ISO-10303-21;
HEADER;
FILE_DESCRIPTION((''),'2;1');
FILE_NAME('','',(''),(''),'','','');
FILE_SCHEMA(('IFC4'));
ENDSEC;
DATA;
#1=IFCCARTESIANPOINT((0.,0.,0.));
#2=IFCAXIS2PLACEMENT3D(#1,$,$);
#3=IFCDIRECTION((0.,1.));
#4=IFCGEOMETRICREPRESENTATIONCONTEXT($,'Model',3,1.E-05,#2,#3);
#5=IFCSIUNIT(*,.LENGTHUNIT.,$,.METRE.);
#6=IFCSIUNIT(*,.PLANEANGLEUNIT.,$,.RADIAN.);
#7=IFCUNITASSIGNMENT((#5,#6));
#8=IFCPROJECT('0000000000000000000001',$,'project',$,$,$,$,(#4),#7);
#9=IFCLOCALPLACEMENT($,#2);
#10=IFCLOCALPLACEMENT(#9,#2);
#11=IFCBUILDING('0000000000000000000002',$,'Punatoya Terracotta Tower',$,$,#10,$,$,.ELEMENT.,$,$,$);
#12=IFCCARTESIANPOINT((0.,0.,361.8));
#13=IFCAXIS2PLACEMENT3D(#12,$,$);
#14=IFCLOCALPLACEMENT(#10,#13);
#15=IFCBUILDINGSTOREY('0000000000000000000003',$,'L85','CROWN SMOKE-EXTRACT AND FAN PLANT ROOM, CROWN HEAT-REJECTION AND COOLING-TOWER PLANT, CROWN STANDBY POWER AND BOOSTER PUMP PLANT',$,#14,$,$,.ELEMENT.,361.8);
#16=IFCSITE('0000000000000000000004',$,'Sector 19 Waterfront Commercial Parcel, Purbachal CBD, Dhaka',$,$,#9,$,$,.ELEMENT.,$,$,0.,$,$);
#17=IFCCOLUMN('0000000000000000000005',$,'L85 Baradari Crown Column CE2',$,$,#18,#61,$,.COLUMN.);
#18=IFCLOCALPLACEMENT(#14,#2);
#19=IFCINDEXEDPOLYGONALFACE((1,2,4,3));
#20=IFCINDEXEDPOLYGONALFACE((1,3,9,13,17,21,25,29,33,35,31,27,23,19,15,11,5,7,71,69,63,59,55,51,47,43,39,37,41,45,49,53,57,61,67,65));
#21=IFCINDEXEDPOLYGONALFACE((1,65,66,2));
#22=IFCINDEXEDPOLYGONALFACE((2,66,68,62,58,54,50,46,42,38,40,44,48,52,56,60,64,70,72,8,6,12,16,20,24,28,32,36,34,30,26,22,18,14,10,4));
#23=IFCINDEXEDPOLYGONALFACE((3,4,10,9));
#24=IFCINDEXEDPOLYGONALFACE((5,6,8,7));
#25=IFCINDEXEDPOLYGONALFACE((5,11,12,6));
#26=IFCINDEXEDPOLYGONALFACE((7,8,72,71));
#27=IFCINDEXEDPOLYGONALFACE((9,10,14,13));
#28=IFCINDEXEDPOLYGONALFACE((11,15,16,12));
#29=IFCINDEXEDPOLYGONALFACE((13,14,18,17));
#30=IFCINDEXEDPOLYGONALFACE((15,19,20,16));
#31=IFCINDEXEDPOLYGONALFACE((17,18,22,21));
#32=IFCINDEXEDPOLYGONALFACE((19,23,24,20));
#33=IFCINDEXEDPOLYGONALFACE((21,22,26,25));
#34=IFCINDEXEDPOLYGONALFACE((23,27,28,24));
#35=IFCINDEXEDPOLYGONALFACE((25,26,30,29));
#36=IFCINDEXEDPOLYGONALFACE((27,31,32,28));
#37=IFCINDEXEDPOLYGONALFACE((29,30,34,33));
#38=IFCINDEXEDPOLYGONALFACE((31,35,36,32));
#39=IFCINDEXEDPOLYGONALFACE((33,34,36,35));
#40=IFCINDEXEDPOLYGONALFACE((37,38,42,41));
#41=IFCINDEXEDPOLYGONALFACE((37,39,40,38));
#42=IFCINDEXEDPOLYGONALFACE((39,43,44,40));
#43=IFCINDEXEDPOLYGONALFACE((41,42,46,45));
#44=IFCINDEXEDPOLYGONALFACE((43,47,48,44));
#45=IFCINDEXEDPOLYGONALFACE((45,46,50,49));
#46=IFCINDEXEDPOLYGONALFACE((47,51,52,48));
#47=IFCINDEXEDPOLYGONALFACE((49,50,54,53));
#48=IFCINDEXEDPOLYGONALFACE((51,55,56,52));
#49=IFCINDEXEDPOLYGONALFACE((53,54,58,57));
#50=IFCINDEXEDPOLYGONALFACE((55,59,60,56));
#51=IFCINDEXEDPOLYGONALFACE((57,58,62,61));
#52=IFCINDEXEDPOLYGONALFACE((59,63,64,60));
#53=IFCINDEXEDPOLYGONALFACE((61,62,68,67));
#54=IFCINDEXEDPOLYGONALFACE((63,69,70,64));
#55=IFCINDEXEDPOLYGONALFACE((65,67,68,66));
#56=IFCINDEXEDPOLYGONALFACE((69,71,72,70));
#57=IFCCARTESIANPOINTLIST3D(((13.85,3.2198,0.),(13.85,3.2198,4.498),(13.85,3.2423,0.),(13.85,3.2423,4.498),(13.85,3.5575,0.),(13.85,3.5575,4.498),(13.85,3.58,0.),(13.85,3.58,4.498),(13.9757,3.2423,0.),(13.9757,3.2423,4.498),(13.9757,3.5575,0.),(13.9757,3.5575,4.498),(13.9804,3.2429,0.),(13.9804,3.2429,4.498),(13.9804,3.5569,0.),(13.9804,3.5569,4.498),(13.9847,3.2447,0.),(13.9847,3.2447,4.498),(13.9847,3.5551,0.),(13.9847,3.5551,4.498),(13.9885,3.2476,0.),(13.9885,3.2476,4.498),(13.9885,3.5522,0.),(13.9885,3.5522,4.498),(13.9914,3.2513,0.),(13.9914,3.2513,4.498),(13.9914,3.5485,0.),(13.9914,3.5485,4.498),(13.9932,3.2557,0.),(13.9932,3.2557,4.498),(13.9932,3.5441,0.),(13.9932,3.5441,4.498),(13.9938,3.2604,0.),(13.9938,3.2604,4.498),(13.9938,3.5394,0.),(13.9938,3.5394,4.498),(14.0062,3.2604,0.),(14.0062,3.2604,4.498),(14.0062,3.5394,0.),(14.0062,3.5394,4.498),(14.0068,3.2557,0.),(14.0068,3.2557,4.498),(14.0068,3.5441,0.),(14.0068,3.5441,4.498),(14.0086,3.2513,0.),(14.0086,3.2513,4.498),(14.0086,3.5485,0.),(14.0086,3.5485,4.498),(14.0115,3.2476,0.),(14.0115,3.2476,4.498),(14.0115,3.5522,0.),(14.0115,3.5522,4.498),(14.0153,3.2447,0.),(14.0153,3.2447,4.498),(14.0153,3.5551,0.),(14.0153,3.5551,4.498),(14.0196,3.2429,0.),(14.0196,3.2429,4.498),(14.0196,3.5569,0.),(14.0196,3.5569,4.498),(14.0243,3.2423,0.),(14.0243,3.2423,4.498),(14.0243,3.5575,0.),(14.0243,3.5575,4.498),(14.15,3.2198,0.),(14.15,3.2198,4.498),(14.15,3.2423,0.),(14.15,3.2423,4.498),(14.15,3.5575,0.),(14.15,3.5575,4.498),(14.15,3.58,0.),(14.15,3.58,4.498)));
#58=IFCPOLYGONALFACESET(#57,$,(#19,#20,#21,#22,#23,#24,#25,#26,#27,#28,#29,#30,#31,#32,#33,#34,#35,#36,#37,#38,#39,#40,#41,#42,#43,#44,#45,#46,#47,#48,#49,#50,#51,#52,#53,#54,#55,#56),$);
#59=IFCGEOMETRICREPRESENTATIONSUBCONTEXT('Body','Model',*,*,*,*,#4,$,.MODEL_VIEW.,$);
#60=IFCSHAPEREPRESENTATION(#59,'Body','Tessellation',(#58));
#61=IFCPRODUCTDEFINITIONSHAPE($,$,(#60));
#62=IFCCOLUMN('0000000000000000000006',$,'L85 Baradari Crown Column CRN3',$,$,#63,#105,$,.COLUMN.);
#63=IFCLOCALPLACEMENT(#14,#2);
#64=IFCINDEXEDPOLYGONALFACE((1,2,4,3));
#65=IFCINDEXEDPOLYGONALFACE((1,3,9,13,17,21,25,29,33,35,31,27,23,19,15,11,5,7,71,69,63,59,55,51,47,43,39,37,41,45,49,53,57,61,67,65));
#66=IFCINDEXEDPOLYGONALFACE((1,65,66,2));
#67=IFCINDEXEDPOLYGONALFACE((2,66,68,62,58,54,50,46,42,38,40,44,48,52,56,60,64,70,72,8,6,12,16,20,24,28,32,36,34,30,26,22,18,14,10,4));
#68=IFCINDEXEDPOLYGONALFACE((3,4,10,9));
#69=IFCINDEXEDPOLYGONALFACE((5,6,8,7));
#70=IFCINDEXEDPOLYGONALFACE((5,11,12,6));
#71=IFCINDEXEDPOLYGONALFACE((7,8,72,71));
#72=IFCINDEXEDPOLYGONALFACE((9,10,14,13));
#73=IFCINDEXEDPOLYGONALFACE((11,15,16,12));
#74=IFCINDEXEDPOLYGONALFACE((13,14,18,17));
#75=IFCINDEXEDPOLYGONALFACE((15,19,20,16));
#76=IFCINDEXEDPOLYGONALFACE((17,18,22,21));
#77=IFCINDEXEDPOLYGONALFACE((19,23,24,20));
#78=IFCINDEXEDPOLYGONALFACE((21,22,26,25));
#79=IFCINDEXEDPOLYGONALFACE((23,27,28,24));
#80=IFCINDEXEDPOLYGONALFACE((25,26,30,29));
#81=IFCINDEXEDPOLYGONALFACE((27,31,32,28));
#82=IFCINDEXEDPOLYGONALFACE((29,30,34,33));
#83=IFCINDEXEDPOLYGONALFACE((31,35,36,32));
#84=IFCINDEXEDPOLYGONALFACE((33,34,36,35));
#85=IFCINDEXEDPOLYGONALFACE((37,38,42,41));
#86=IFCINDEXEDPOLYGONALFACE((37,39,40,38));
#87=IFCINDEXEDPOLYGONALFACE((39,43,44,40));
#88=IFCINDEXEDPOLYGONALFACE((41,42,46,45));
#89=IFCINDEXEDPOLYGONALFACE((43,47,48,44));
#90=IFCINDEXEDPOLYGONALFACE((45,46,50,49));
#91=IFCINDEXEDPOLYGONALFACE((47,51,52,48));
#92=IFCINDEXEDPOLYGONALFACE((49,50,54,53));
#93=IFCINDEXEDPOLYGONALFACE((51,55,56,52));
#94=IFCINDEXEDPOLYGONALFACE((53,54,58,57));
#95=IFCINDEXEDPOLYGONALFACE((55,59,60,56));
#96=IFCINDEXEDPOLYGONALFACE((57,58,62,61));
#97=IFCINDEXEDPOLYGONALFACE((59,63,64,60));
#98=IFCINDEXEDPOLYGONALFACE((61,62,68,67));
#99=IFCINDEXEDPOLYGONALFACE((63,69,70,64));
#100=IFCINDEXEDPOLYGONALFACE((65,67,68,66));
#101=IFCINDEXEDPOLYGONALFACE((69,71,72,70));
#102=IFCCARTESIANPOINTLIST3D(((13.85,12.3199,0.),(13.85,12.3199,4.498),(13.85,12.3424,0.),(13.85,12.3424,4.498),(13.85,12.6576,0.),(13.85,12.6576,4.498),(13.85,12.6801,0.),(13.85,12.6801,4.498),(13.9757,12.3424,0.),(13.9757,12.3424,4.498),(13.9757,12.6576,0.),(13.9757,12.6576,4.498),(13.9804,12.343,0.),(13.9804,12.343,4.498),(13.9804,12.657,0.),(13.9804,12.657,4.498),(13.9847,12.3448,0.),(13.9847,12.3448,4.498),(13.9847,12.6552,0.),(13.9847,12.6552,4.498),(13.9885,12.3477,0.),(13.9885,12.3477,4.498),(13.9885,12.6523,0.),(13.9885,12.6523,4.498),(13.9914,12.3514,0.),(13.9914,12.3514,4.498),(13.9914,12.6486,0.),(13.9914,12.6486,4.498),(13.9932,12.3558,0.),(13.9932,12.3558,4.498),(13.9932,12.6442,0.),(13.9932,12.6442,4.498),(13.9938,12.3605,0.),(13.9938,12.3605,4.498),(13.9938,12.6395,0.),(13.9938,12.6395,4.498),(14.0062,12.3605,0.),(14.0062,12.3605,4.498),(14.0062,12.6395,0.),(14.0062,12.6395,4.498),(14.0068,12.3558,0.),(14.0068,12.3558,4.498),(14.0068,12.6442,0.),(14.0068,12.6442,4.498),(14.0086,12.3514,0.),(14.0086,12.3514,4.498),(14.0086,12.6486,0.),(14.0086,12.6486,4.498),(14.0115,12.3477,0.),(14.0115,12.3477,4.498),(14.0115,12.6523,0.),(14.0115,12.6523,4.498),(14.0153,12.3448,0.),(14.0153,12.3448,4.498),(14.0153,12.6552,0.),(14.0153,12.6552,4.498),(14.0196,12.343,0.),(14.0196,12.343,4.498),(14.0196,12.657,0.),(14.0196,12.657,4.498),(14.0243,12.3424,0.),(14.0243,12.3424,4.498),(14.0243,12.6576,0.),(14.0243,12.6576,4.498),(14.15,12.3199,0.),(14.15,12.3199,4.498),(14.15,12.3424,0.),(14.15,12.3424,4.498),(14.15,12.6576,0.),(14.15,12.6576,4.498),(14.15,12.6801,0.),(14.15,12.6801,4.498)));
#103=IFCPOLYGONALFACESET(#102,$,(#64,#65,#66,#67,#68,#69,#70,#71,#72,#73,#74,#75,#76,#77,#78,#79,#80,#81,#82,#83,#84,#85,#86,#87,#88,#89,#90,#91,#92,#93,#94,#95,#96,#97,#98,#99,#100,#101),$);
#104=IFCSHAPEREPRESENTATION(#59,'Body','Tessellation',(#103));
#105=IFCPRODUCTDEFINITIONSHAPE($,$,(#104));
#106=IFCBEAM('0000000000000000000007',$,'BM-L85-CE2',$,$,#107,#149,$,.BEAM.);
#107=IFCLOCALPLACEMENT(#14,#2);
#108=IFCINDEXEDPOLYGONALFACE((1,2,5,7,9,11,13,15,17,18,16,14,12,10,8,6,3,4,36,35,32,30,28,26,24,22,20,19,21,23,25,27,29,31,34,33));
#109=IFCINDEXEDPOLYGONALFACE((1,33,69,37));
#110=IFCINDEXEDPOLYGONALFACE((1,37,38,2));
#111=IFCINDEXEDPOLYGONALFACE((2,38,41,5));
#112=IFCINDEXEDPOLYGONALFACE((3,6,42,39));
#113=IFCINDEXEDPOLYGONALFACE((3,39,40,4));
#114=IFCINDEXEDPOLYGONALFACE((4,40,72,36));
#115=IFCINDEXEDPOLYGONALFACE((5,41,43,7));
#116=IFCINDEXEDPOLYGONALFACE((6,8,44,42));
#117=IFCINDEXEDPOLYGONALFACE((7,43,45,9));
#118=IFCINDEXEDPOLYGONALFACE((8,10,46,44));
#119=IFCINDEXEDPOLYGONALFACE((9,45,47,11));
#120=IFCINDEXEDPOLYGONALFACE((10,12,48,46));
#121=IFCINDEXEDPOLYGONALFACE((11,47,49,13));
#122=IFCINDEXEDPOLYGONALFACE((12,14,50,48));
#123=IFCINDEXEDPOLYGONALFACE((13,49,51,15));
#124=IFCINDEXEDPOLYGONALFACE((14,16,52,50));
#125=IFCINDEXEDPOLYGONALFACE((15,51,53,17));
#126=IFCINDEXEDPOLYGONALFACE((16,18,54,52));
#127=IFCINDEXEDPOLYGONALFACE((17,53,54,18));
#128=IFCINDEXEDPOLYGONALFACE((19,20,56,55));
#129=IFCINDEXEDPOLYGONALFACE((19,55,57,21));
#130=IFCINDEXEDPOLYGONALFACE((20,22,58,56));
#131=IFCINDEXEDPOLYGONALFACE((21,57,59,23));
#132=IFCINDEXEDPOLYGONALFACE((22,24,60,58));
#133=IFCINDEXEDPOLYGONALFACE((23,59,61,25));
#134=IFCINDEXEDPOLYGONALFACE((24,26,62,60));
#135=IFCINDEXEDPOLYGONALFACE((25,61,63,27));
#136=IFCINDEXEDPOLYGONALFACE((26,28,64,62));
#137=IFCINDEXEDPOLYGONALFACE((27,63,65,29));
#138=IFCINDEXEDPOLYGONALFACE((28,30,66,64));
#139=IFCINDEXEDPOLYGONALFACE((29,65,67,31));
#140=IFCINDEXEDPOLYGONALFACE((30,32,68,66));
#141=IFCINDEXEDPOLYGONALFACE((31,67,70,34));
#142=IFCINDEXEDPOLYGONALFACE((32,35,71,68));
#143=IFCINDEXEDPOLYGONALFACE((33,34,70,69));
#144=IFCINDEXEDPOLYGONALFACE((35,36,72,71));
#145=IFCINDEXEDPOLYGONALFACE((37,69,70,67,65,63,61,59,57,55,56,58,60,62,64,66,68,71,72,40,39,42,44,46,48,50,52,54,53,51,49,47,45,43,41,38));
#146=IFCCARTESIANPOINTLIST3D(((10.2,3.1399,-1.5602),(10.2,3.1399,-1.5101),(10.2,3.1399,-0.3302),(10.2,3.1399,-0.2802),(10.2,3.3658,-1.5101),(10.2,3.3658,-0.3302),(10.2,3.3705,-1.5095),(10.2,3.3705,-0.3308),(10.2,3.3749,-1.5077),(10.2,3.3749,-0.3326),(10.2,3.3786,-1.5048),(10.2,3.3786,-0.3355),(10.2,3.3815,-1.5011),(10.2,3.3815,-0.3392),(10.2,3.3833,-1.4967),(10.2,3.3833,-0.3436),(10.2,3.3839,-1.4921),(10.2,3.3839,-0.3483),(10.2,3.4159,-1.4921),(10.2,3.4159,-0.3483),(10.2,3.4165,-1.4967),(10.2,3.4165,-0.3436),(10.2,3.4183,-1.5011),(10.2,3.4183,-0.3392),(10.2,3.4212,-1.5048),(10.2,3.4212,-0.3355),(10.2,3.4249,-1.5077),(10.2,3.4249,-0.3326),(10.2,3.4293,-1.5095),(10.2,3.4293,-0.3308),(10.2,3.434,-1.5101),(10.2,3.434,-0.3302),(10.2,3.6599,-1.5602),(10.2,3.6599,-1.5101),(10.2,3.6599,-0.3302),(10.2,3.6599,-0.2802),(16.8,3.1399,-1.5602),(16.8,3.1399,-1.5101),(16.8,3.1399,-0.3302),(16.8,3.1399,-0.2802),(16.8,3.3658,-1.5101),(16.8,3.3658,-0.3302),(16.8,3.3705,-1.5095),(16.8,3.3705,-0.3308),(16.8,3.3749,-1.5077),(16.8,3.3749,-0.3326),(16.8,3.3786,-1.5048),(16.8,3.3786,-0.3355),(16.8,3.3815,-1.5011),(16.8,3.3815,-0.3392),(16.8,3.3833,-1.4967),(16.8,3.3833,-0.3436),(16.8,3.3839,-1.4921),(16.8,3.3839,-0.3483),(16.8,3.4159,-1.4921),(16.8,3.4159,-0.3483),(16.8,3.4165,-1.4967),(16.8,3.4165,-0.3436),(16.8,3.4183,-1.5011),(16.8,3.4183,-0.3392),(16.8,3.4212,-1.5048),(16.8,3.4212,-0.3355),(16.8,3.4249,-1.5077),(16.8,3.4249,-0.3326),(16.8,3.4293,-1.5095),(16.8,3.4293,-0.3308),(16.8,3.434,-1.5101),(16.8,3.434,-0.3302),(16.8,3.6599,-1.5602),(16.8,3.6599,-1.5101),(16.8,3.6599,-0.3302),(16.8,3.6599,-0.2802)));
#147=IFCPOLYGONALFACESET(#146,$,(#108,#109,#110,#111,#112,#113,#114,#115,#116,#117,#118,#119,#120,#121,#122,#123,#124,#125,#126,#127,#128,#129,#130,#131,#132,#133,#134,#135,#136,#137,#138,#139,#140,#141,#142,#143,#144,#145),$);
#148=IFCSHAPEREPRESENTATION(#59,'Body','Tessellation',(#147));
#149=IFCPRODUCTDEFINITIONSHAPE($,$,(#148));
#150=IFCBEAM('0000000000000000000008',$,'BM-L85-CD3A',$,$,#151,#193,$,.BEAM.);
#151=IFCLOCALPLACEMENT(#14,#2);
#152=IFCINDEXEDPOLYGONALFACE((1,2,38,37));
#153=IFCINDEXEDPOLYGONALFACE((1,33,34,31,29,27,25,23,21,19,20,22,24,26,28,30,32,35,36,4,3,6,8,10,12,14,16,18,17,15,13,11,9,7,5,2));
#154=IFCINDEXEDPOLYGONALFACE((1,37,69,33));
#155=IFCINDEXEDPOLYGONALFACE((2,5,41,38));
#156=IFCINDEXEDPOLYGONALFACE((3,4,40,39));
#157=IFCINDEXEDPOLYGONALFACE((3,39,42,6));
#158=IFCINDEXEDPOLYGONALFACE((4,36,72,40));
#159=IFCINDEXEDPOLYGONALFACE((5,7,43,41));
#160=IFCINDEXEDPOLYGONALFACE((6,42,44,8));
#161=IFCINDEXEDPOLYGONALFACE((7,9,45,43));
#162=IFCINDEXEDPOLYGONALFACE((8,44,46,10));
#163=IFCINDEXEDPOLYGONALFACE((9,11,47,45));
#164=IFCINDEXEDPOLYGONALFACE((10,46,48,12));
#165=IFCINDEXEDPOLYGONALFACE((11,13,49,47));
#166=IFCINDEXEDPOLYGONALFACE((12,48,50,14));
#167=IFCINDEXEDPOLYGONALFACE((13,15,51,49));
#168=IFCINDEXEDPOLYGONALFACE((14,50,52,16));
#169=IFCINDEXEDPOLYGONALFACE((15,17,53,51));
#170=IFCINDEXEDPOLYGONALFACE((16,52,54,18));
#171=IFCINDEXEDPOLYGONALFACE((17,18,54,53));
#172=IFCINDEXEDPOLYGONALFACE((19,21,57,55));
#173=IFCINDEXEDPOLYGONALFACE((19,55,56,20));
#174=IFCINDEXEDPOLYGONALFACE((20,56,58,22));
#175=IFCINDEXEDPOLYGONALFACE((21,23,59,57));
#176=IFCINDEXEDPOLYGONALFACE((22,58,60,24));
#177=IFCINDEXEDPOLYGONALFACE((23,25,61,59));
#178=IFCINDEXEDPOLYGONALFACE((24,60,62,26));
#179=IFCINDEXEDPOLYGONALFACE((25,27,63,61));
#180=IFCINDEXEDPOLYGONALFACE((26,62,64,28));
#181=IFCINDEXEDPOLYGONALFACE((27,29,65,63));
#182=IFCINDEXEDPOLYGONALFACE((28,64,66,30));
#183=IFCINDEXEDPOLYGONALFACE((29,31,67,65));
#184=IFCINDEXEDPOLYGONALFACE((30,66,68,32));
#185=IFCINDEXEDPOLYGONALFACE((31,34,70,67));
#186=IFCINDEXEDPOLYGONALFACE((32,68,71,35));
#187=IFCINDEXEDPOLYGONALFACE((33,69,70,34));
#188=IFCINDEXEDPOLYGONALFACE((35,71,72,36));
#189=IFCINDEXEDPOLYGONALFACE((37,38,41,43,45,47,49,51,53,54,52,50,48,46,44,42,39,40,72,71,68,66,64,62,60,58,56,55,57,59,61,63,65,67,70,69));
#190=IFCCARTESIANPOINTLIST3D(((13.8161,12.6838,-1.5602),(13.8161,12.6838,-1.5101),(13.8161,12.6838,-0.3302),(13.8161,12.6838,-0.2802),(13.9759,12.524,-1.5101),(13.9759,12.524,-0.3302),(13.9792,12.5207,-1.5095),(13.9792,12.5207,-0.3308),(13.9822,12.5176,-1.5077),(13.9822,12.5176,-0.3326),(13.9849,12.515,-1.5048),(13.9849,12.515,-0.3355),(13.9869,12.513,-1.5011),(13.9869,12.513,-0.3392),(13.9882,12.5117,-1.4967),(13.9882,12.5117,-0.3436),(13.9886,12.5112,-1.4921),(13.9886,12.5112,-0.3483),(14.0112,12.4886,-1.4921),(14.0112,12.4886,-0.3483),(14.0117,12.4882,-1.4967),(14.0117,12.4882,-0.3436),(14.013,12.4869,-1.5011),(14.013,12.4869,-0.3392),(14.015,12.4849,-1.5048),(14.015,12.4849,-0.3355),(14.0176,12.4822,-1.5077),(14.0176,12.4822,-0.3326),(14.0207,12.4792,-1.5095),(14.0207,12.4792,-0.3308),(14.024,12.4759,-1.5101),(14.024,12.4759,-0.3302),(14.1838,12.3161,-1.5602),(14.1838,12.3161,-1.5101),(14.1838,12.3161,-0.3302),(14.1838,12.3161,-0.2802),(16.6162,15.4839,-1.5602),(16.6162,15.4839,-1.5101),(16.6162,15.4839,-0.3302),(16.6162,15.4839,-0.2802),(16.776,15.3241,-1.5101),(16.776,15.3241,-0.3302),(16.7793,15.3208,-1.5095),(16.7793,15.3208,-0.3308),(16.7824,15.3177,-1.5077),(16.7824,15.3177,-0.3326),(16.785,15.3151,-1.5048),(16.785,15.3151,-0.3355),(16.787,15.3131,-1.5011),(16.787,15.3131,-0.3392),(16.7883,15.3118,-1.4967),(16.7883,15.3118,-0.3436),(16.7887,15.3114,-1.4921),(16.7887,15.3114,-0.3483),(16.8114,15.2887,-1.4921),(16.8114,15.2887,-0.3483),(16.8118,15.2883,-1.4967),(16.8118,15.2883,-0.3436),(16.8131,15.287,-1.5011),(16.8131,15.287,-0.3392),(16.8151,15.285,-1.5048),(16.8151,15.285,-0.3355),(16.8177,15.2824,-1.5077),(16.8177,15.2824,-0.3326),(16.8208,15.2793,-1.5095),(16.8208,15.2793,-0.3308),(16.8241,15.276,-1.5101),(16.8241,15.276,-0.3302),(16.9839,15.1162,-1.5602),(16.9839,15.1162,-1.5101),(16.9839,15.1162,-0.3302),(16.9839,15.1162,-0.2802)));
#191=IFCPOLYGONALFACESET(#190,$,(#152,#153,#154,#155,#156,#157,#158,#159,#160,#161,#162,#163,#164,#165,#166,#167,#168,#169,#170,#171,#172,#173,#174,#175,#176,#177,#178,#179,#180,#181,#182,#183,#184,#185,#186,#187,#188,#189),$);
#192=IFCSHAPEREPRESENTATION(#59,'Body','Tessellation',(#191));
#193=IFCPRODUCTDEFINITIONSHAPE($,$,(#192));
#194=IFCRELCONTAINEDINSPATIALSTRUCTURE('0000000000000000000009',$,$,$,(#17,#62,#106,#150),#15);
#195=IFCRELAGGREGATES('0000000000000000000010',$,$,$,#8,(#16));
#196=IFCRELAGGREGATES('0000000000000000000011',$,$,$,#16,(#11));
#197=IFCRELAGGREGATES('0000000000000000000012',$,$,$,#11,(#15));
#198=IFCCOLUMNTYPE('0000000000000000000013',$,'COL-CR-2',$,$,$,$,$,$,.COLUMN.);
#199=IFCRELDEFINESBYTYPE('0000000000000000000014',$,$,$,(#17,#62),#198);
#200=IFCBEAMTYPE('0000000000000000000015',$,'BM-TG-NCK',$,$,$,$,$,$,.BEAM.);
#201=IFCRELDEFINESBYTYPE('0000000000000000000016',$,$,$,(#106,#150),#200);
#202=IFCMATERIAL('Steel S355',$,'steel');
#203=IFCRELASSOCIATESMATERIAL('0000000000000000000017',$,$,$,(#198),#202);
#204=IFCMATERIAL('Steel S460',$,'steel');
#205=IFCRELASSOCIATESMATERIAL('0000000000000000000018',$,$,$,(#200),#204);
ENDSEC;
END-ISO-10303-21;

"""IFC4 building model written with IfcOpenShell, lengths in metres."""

from ifc_helpers import new_model, si_unit, direction, frame, origin, origin_2d, place, context, subcontext, project, spatial, i_section, extrude, material, material_profile, profile_set, type_object, element, save


model = new_model("IFC4")

# Units and contexts
model_context = context("Model", 3, precision=1e-05, world=origin(), true_north=direction((0.0, 1.0)))
body_context = subcontext(model_context, "Body", "Model", "MODEL_VIEW")
ifc_project = project(units=[si_unit("LENGTHUNIT", "METRE"), si_unit("PLANEANGLEUNIT", "RADIAN")], contexts=[model_context])

# Site, building, storey
site_placement = place(None, origin())
site = spatial("IfcSite", under=ifc_project, at=site_placement, Name="Sector 19 Waterfront Commercial Parcel, Purbachal CBD, Dhaka", CompositionType="ELEMENT", RefElevation=0.0)
building_placement = place(site_placement, origin())
building = spatial("IfcBuilding", under=site, at=building_placement, Name="Punatoya Terracotta Tower", CompositionType="ELEMENT")
storey_placement = place(building_placement, frame((0.0, 0.0, 361.8)))
storey = spatial("IfcBuildingStorey", under=building, at=storey_placement, Name="L85", Description="CROWN SMOKE-EXTRACT AND FAN PLANT ROOM, CROWN HEAT-REJECTION AND COOLING-TOWER PLANT, CROWN STANDBY POWER AND BOOSTER PUMP PLANT", CompositionType="ELEMENT", Elevation=361.8)

# Columns
ifc_material_1 = material(Name="Steel S355", Category="steel")
ifc_material_profile_1 = material_profile(ifc_material_1, i_section(OverallWidth=0.3, OverallDepth=0.3601, WebThickness=0.0125, FlangeThickness=0.0225, FilletRadius=0.0181, at=origin_2d()))
ifc_profile_set_1 = profile_set([ifc_material_profile_1], Name="Steel S355")
column_type = type_object("IfcColumnType", Name="COL-CR-2", PredefinedType="COLUMN", material=ifc_profile_set_1)
for number, where, z_axis, x_axis, name in (
    (1, (14.0, 3.3999, 0.0), (0.0, 0.0, 1.0), (1.0, 0.0, 0.0), "L85 Baradari Crown Column CE2"),
    (2, (14.0, 12.5, 0.0), (0.0, 0.0, 1.0), (1.0, 0.0, 0.0), "L85 Baradari Crown Column CRN3"),
):
    element("IfcColumn", number, at=place(storey_placement, frame(where, z_axis=z_axis, x_axis=x_axis)), inside=storey, type_object=column_type, Name=name, PredefinedType="COLUMN", context=body_context, shape_type="SweptSolid", body=[
        extrude(i_section(OverallWidth=0.3, OverallDepth=0.3601, WebThickness=0.0125, FlangeThickness=0.0225, FilletRadius=0.0181, at=origin_2d()), origin(), (0.0, 0.0, 1.0), 4.498),
    ])

# Beams
ifc_material_2 = material(Name="Steel S460", Category="steel")
ifc_material_profile_2 = material_profile(ifc_material_2, i_section(OverallWidth=0.52, OverallDepth=1.28, WebThickness=0.032, FlangeThickness=0.05, FilletRadius=0.0181, at=origin_2d()))
ifc_profile_set_2 = profile_set([ifc_material_profile_2], Name="Steel S460")
beam_type = type_object("IfcBeamType", Name="BM-TG-NCK", PredefinedType="BEAM", material=ifc_profile_set_2)
beam_1_placement = place(storey_placement, frame((10.2, 3.3999, -0.9202), z_axis=(1.0, 0.0, 0.0), x_axis=(0.0, 1.0, 0.0)))
element("IfcBeam", 3, at=beam_1_placement, inside=storey, type_object=beam_type, Name="BM-L85-CE2", PredefinedType="BEAM", context=body_context, shape_type="SweptSolid", body=[
    extrude(i_section(OverallWidth=0.52, OverallDepth=1.28, WebThickness=0.032, FlangeThickness=0.05, FilletRadius=0.0181, at=origin_2d()), origin(), (0.0, 0.0, 1.0), 6.6001),
])
beam_2_placement = place(storey_placement, frame((16.8, 15.3, -0.9202), z_axis=(-0.707107, -0.707107, 0.0), x_axis=(0.707107, -0.707107, 0.0)))
element("IfcBeam", 4, at=beam_2_placement, inside=storey, type_object=beam_type, Name="BM-L85-CD3A", PredefinedType="BEAM", context=body_context, shape_type="SweptSolid", body=[
    extrude(i_section(OverallWidth=0.52, OverallDepth=1.28, WebThickness=0.032, FlangeThickness=0.05, FilletRadius=0.0181, at=origin_2d()), origin(), (0.0, 0.0, 1.0), 3.96),
])

save(model, "model.ifc")
